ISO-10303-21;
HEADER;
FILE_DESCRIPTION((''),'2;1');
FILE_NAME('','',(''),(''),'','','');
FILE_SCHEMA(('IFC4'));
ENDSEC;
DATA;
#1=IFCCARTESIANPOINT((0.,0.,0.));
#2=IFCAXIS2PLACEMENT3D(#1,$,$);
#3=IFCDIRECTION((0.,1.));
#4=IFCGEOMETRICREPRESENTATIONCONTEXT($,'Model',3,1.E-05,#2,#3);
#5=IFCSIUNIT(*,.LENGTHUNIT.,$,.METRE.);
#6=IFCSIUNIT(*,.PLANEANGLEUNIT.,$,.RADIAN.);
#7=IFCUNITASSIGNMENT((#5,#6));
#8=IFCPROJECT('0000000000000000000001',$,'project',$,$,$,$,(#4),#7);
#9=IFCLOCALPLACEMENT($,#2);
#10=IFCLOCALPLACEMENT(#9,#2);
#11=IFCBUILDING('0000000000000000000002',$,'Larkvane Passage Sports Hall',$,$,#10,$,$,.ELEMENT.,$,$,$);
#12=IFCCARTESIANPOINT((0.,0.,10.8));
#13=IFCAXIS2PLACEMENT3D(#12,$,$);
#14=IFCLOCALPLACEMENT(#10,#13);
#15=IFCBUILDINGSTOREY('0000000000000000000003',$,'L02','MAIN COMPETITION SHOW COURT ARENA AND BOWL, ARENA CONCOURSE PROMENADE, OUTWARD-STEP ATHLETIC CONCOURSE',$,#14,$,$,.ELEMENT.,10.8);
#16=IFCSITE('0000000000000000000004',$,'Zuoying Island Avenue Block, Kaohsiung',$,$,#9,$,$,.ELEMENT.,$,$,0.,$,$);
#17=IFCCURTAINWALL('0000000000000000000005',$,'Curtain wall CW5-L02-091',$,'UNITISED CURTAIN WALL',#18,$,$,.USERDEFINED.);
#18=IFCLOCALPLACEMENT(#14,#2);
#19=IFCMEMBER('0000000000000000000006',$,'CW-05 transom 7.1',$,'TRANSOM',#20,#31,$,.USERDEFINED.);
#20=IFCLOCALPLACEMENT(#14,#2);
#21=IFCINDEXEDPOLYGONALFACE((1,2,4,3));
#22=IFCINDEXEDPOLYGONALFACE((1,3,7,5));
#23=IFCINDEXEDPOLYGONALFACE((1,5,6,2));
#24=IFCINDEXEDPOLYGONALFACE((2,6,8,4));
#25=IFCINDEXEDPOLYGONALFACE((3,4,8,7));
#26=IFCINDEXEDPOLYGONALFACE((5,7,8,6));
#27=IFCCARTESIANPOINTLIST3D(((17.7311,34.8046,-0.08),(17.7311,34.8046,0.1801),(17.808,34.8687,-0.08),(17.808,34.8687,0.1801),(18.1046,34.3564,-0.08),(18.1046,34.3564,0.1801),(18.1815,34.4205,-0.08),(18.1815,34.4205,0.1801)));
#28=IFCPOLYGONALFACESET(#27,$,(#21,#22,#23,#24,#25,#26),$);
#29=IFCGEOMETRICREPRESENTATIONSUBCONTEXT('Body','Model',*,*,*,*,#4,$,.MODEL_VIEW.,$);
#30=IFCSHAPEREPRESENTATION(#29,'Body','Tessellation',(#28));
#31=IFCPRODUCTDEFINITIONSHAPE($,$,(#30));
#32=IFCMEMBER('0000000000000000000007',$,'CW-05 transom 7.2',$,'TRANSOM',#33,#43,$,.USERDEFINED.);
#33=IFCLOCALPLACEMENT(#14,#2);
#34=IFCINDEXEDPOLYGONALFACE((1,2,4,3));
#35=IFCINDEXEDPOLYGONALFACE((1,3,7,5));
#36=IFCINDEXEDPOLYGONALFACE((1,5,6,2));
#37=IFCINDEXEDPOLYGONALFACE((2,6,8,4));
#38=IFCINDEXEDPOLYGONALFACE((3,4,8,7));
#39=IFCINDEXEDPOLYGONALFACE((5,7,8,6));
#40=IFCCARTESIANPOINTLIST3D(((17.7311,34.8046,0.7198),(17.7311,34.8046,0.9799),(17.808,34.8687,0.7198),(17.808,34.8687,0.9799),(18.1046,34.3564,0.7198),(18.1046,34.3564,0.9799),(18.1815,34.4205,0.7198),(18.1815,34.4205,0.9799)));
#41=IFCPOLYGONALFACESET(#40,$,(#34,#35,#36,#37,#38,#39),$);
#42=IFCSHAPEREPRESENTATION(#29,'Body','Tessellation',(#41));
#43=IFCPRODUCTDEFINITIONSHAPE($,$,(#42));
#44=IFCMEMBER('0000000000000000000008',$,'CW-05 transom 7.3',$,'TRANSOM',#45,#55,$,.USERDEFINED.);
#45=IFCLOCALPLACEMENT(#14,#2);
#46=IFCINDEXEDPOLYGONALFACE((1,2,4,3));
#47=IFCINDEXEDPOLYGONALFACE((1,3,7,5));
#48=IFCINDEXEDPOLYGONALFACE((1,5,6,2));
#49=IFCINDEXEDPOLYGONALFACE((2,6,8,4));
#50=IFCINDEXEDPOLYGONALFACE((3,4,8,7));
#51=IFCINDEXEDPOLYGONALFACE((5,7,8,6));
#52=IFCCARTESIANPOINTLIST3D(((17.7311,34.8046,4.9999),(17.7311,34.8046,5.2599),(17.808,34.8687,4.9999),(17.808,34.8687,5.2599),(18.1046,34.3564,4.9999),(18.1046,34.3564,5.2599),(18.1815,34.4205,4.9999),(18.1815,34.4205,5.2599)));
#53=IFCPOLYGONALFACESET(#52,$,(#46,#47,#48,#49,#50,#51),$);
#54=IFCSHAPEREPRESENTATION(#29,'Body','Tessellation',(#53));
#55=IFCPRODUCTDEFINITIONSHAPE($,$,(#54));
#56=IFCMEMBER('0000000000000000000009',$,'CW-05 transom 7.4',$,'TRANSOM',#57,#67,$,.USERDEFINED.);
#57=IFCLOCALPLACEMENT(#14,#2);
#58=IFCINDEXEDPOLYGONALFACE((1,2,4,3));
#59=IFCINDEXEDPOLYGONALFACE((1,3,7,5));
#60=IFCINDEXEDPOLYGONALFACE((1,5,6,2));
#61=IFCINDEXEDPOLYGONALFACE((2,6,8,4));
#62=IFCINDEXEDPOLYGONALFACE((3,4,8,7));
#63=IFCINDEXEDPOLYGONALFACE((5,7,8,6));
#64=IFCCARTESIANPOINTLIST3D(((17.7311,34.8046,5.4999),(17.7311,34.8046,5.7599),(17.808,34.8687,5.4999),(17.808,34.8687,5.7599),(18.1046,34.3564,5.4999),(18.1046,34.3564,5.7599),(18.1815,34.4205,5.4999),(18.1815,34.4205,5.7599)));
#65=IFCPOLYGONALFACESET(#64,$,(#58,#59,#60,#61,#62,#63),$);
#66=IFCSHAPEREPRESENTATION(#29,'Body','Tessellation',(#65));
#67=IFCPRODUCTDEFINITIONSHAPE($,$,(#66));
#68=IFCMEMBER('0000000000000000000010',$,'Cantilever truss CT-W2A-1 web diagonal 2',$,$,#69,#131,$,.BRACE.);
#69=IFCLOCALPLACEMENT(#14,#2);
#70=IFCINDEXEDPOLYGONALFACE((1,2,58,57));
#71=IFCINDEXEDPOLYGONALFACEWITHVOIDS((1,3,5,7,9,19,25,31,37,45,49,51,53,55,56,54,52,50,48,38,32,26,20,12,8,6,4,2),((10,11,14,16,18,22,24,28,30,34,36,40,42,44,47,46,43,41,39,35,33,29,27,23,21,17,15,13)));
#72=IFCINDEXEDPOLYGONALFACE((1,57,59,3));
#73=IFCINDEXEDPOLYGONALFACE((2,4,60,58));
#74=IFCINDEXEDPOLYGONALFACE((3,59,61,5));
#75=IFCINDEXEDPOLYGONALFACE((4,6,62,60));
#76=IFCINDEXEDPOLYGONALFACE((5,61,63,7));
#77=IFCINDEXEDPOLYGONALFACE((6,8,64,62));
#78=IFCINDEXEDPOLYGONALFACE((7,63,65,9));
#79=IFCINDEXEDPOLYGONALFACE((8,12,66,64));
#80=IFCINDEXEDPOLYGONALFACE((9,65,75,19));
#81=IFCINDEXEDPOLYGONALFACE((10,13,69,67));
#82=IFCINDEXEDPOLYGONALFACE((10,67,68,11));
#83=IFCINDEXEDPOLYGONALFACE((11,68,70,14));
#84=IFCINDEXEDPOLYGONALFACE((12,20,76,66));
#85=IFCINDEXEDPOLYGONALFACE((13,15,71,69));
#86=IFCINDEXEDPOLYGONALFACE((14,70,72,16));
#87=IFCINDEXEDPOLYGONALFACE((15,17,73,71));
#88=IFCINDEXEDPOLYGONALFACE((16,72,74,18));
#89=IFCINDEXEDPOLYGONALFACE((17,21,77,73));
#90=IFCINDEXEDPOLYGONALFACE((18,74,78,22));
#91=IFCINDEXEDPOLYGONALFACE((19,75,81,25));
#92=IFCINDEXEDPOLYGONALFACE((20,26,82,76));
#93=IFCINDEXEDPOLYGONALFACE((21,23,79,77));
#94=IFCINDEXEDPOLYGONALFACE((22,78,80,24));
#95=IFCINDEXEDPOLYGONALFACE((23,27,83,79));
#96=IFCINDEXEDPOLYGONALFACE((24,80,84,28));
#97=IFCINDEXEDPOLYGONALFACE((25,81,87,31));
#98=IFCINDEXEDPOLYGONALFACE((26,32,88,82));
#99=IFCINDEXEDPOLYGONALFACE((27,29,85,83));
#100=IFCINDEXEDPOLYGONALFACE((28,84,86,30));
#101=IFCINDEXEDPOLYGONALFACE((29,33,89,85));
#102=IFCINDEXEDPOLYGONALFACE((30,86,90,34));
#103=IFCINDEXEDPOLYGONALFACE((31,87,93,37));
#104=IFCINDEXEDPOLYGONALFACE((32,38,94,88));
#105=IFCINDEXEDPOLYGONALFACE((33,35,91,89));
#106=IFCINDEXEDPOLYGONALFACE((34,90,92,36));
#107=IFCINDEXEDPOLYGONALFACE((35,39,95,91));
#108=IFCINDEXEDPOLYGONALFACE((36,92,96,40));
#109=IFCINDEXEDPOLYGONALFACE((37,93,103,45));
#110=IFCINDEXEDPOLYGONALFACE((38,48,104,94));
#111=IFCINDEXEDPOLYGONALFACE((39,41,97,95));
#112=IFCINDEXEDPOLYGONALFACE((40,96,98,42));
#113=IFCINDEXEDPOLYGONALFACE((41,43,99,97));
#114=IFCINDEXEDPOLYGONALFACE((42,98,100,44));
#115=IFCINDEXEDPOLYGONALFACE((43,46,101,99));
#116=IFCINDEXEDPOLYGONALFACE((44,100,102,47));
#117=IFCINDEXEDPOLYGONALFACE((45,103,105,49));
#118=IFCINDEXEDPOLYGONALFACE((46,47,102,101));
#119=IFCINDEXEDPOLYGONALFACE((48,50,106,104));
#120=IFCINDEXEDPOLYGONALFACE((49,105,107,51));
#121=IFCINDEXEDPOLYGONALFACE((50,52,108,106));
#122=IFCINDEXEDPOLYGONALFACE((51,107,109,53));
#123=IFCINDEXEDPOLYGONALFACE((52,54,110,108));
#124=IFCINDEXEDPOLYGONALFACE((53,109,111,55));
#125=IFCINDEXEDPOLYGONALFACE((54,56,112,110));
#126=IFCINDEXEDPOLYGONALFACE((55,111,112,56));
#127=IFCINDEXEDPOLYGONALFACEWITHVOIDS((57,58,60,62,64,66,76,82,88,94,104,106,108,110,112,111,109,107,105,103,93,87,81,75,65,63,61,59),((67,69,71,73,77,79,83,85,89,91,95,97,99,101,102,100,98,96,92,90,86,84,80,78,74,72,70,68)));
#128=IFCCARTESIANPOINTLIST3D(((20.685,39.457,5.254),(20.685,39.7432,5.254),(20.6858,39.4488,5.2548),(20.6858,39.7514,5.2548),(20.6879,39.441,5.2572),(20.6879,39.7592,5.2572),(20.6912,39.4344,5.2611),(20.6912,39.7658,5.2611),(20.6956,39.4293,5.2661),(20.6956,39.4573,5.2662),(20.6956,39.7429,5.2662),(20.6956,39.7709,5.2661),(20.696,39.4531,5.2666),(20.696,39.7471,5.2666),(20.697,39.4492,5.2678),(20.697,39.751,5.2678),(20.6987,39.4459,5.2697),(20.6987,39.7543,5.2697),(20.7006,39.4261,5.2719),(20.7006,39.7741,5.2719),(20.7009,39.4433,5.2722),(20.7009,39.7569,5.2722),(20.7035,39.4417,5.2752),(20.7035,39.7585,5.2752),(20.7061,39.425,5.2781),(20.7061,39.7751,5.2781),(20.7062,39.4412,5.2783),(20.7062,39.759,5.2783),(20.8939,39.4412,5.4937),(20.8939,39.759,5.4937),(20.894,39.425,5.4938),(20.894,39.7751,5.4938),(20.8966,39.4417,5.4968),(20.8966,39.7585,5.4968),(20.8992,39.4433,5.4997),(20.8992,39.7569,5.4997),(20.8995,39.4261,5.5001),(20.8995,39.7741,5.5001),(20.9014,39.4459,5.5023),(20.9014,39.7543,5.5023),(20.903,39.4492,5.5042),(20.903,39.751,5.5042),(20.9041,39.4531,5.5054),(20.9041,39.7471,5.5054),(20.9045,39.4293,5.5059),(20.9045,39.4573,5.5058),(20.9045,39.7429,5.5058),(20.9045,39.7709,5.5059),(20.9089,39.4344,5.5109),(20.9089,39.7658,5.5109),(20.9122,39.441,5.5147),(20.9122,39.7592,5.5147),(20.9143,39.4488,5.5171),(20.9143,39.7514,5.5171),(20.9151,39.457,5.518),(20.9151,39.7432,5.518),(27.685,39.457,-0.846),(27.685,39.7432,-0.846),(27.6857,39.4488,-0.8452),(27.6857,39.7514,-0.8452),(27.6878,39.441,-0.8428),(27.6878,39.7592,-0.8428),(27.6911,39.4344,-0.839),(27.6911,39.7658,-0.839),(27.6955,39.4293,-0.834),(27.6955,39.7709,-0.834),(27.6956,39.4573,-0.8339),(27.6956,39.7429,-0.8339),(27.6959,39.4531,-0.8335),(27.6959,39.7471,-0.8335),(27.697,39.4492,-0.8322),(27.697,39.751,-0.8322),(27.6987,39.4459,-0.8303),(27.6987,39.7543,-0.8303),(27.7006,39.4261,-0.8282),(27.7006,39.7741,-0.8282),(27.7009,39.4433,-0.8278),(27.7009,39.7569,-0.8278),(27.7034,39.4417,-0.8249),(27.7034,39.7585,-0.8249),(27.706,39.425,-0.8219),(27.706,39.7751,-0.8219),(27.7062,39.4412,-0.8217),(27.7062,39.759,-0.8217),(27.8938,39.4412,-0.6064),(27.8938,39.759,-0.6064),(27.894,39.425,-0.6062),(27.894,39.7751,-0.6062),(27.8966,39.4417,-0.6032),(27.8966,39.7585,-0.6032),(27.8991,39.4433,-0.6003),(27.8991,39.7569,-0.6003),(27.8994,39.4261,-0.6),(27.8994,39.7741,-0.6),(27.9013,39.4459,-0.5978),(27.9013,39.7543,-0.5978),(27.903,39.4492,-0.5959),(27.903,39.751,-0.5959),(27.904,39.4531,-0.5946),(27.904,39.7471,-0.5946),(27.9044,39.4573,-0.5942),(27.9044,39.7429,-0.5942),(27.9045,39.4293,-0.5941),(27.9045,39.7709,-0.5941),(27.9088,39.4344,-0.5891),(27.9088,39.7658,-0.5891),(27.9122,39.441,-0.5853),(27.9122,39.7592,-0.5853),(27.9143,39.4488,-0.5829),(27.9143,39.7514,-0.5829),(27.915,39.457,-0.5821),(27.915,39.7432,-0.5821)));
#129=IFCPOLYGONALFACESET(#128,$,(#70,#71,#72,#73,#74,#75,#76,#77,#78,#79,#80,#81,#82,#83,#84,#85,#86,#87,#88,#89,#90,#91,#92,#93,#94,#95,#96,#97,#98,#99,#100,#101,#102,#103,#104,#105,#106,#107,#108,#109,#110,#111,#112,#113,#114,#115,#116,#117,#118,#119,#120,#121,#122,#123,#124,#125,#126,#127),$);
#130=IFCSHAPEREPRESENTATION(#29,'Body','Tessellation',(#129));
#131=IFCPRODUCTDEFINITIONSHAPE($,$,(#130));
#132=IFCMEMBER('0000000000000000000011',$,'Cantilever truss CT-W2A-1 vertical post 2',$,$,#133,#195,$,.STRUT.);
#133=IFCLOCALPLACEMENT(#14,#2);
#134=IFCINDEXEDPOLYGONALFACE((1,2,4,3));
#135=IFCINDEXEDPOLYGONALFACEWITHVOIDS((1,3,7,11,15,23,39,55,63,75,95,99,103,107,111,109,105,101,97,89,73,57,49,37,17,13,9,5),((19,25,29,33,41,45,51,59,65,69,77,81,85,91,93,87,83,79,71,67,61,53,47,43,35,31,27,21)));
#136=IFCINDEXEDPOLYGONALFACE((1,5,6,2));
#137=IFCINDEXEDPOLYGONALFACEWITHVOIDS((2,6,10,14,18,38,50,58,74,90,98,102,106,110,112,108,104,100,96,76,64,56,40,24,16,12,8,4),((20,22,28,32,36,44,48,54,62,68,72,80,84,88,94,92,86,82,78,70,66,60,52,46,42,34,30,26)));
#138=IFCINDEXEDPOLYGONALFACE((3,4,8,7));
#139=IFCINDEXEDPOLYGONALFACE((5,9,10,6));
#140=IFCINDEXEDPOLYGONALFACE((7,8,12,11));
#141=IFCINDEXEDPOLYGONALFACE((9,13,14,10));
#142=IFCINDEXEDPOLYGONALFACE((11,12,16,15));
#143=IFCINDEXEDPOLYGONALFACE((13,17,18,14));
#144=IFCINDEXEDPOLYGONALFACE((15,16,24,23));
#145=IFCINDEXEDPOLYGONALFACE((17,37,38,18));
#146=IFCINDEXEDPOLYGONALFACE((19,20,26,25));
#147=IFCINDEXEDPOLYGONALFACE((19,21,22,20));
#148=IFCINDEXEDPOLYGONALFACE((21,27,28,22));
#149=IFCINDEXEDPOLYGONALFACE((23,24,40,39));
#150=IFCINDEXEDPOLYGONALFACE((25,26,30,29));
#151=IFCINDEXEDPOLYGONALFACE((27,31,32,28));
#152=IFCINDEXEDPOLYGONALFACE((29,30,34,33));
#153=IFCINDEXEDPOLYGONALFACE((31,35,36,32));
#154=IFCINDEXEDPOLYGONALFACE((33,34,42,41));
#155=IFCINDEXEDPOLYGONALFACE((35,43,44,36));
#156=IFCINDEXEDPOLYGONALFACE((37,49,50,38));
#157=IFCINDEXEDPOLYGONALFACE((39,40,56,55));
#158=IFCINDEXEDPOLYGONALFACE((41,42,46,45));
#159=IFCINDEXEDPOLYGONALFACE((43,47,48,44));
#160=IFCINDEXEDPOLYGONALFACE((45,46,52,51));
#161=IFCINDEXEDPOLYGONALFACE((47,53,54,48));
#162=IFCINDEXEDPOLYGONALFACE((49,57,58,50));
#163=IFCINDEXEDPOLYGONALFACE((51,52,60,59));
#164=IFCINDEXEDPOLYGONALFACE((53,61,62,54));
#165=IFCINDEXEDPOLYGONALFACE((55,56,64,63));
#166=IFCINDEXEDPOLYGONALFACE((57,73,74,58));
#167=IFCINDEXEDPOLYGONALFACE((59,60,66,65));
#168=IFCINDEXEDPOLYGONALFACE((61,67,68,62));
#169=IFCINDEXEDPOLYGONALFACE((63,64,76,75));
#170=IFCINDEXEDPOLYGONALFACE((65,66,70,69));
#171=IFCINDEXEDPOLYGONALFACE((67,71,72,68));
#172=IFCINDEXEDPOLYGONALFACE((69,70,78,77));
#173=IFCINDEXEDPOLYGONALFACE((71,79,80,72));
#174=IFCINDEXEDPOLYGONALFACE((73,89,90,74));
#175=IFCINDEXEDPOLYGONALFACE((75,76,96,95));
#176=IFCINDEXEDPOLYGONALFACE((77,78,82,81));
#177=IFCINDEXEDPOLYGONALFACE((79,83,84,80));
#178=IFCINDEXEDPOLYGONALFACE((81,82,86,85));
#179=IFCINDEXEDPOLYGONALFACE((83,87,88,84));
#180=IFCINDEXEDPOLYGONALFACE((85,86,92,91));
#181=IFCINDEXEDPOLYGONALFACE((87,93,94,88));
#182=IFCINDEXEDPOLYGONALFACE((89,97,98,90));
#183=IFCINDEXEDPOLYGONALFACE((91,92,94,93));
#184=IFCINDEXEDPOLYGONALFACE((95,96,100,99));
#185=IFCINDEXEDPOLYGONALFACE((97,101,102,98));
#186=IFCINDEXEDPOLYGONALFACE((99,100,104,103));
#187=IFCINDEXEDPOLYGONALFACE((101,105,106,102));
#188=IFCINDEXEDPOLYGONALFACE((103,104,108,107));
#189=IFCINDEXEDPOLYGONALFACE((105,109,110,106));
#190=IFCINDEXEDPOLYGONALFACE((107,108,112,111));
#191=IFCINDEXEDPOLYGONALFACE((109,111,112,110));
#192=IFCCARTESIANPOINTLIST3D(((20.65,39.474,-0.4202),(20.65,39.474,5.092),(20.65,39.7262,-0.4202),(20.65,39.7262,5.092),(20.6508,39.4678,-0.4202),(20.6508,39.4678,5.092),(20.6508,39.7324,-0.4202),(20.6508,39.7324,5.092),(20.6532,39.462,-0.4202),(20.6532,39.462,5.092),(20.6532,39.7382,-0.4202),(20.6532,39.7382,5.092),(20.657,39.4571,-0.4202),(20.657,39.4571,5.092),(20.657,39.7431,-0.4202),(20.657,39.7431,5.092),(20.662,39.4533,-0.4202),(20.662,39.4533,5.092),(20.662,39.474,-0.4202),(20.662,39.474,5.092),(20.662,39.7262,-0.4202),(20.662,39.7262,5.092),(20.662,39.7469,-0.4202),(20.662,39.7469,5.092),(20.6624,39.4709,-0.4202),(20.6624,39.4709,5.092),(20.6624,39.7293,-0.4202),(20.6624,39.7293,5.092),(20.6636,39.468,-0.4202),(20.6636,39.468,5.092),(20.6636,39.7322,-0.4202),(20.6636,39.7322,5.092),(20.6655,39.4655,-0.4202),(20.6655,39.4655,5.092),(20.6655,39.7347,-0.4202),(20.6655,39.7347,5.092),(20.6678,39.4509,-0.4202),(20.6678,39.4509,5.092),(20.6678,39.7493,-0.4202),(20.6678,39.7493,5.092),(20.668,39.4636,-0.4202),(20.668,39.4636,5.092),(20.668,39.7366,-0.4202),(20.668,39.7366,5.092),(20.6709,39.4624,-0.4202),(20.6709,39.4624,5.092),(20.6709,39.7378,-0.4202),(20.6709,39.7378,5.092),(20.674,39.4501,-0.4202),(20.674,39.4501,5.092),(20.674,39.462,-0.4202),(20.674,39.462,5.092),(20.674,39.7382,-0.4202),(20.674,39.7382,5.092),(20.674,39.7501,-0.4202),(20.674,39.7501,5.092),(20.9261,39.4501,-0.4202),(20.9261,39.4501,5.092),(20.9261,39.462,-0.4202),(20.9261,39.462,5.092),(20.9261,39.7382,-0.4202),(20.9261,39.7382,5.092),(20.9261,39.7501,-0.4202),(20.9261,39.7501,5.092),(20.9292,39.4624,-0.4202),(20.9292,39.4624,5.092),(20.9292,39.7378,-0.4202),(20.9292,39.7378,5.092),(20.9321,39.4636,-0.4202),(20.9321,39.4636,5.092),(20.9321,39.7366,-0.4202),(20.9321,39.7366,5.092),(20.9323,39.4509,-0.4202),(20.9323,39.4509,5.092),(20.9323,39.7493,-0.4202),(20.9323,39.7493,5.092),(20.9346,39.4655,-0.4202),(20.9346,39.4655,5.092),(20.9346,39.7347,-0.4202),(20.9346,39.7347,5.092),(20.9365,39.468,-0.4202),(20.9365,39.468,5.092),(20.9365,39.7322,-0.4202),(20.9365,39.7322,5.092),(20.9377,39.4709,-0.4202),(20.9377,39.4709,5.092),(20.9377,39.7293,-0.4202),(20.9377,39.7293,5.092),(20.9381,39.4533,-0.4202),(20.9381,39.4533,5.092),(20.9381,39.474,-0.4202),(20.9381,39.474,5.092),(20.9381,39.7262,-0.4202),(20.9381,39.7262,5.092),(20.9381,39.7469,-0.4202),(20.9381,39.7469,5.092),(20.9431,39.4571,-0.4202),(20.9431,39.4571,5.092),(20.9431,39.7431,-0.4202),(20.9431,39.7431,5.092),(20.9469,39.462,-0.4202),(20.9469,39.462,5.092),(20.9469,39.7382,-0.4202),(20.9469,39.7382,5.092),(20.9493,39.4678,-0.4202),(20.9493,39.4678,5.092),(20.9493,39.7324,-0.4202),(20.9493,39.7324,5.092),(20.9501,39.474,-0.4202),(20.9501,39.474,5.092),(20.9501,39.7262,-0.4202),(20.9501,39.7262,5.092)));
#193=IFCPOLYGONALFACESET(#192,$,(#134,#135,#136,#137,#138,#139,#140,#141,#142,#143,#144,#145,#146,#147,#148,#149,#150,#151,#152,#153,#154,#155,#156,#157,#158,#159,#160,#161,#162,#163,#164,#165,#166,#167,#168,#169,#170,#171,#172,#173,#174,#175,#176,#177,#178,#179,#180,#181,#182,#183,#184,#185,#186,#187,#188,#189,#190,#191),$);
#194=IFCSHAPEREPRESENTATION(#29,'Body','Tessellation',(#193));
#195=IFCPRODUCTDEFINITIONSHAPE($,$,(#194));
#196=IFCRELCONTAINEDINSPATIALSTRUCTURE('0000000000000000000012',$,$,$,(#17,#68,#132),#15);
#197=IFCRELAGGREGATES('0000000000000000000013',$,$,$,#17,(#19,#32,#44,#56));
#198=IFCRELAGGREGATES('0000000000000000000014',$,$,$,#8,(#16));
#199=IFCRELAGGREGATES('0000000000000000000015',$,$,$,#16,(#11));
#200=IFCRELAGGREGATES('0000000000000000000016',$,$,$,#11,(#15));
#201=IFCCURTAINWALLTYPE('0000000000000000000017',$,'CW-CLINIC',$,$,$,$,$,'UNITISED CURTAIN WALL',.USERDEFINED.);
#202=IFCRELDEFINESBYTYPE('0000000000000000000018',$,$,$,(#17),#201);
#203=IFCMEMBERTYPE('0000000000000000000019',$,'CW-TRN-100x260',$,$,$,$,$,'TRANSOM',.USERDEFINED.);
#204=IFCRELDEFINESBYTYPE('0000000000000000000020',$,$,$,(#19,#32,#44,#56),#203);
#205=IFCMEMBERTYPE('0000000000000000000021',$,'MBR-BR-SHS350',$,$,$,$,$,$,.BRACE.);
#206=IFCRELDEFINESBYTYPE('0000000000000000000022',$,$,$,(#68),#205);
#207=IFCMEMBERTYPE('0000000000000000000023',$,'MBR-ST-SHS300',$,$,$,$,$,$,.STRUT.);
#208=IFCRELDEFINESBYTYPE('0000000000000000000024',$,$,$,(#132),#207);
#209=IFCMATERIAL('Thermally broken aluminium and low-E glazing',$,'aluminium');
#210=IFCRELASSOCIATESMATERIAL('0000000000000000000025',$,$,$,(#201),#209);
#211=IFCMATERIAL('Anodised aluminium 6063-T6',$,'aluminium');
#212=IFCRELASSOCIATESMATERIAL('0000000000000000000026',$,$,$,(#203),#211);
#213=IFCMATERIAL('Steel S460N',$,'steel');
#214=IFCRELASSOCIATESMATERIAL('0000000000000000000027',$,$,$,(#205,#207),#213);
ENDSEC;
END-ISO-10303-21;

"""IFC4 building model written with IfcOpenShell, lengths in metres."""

from ifc_helpers import new_model, si_unit, direction, frame, origin, origin_2d, place, context, subcontext, project, spatial, rectangle, hollow_rectangle, extrude, material, material_profile, profile_set, type_object, element, aggregate, save


model = new_model("IFC4")

# Units and contexts
model_context = context("Model", 3, precision=1e-05, world=origin(), true_north=direction((0.0, 1.0)))
body_context = subcontext(model_context, "Body", "Model", "MODEL_VIEW")
ifc_project = project(units=[si_unit("LENGTHUNIT", "METRE"), si_unit("PLANEANGLEUNIT", "RADIAN")], contexts=[model_context])

# Site, building, storey
site_placement = place(None, origin())
site = spatial("IfcSite", under=ifc_project, at=site_placement, Name="Zuoying Island Avenue Block, Kaohsiung", CompositionType="ELEMENT", RefElevation=0.0)
building_placement = place(site_placement, origin())
building = spatial("IfcBuilding", under=site, at=building_placement, Name="Larkvane Passage Sports Hall", CompositionType="ELEMENT")
storey_placement = place(building_placement, frame((0.0, 0.0, 10.8)))
storey = spatial("IfcBuildingStorey", under=building, at=storey_placement, Name="L02", Description="MAIN COMPETITION SHOW COURT ARENA AND BOWL, ARENA CONCOURSE PROMENADE, OUTWARD-STEP ATHLETIC CONCOURSE", CompositionType="ELEMENT", Elevation=10.8)

# Curtain wall, members
ifc_material_1 = material(Name="Thermally broken aluminium and low-E glazing", Category="aluminium")
curtain_wall_type = type_object("IfcCurtainWallType", Name="CW-CLINIC", ElementType="UNITISED CURTAIN WALL", PredefinedType="USERDEFINED", material=ifc_material_1)
curtain_wall_placement = place(storey_placement, origin())
curtain_wall = element("IfcCurtainWall", 1, at=curtain_wall_placement, inside=storey, type_object=curtain_wall_type, Name="Curtain wall CW5-L02-091", ObjectType="UNITISED CURTAIN WALL", PredefinedType="USERDEFINED")
ifc_material_2 = material(Name="Anodised aluminium 6063-T6", Category="aluminium")
ifc_material_profile_1 = material_profile(ifc_material_2, rectangle(XDim=0.1001, YDim=0.26, at=origin_2d()), Name="ALU-TRN-100x260")
ifc_profile_set_1 = profile_set([ifc_material_profile_1], Name="Anodised aluminium 6063-T6")
member_type_1 = type_object("IfcMemberType", Name="CW-TRN-100x260", ElementType="TRANSOM", PredefinedType="USERDEFINED", material=ifc_profile_set_1)
member_1_placement = place(storey_placement, frame((18.1431, 34.3884, 0.05), z_axis=(-0.640184, 0.768221, 0.0), x_axis=(-0.768221, -0.640184, 0.0)))
member_1 = element("IfcMember", 2, at=member_1_placement, type_object=member_type_1, Name="CW-05 transom 7.1", ObjectType="TRANSOM", PredefinedType="USERDEFINED", context=body_context, shape_type="SweptSolid", body=[
    extrude(rectangle(XDim=0.1001, YDim=0.26, at=origin_2d()), origin(), (0.0, 0.0, 1.0), 0.5835),
])
member_2_placement = place(storey_placement, frame((18.1431, 34.3884, 0.8499), z_axis=(-0.640184, 0.768221, 0.0), x_axis=(-0.768221, -0.640184, 0.0)))
member_2 = element("IfcMember", 3, at=member_2_placement, type_object=member_type_1, Name="CW-05 transom 7.2", ObjectType="TRANSOM", PredefinedType="USERDEFINED", context=body_context, shape_type="SweptSolid", body=[
    extrude(rectangle(XDim=0.1001, YDim=0.26, at=origin_2d()), origin(), (0.0, 0.0, 1.0), 0.5835),
])
member_3_placement = place(storey_placement, frame((18.1431, 34.3884, 5.1299), z_axis=(-0.640184, 0.768221, 0.0), x_axis=(-0.768221, -0.640184, 0.0)))
member_3 = element("IfcMember", 4, at=member_3_placement, type_object=member_type_1, Name="CW-05 transom 7.3", ObjectType="TRANSOM", PredefinedType="USERDEFINED", context=body_context, shape_type="SweptSolid", body=[
    extrude(rectangle(XDim=0.1001, YDim=0.26, at=origin_2d()), origin(), (0.0, 0.0, 1.0), 0.5835),
])
member_4_placement = place(storey_placement, frame((18.1431, 34.3884, 5.6299), z_axis=(-0.640184, 0.768221, 0.0), x_axis=(-0.768221, -0.640184, 0.0)))
member_4 = element("IfcMember", 5, at=member_4_placement, type_object=member_type_1, Name="CW-05 transom 7.4", ObjectType="TRANSOM", PredefinedType="USERDEFINED", context=body_context, shape_type="SweptSolid", body=[
    extrude(rectangle(XDim=0.1001, YDim=0.26, at=origin_2d()), origin(), (0.0, 0.0, 1.0), 0.5835),
])

# Members
ifc_material_3 = material(Name="Steel S460N", Category="steel")
ifc_material_profile_2 = material_profile(ifc_material_3, hollow_rectangle(XDim=0.3501, YDim=0.3501, WallThickness=0.0161, InnerFilletRadius=0.0161, OuterFilletRadius=0.032, at=origin_2d()), Name="SHS-350x350x16")
ifc_profile_set_2 = profile_set([ifc_material_profile_2], Name="Steel S460N")
member_type_2 = type_object("IfcMemberType", Name="MBR-BR-SHS350", PredefinedType="BRACE", material=ifc_profile_set_2)
member_5_placement = place(storey_placement, frame((20.8, 39.6001, 5.386), z_axis=(0.753904, 0.0, -0.656984), x_axis=(0.0, 1.0, 0.0)))
element("IfcMember", 6, at=member_5_placement, inside=storey, type_object=member_type_2, Name="Cantilever truss CT-W2A-1 web diagonal 2", PredefinedType="BRACE", context=body_context, shape_type="SweptSolid", body=[
    extrude(hollow_rectangle(XDim=0.3501, YDim=0.3501, WallThickness=0.0161, InnerFilletRadius=0.0161, OuterFilletRadius=0.032, at=origin_2d()), origin(), (0.0, 0.0, 1.0), 9.2849),
])
ifc_material_profile_3 = material_profile(ifc_material_3, hollow_rectangle(XDim=0.3, YDim=0.3, WallThickness=0.012, InnerFilletRadius=0.012, OuterFilletRadius=0.0239, at=origin_2d()), Name="SHS-300x300x12")
ifc_profile_set_3 = profile_set([ifc_material_profile_3], Name="Steel S460N")
member_type_3 = type_object("IfcMemberType", Name="MBR-ST-SHS300", PredefinedType="STRUT", material=ifc_profile_set_3)
member_6_placement = place(storey_placement, frame((20.8, 39.6001, -0.4202), z_axis=(0.0, 0.0, 1.0), x_axis=(1.0, 0.0, 0.0)))
element("IfcMember", 7, at=member_6_placement, inside=storey, type_object=member_type_3, Name="Cantilever truss CT-W2A-1 vertical post 2", PredefinedType="STRUT", context=body_context, shape_type="SweptSolid", body=[
    extrude(hollow_rectangle(XDim=0.3, YDim=0.3, WallThickness=0.012, InnerFilletRadius=0.012, OuterFilletRadius=0.0239, at=origin_2d()), origin(), (0.0, 0.0, 1.0), 5.5122),
])

aggregate(curtain_wall, [member_1, member_2, member_3, member_4])

save(model, "model.ifc")
